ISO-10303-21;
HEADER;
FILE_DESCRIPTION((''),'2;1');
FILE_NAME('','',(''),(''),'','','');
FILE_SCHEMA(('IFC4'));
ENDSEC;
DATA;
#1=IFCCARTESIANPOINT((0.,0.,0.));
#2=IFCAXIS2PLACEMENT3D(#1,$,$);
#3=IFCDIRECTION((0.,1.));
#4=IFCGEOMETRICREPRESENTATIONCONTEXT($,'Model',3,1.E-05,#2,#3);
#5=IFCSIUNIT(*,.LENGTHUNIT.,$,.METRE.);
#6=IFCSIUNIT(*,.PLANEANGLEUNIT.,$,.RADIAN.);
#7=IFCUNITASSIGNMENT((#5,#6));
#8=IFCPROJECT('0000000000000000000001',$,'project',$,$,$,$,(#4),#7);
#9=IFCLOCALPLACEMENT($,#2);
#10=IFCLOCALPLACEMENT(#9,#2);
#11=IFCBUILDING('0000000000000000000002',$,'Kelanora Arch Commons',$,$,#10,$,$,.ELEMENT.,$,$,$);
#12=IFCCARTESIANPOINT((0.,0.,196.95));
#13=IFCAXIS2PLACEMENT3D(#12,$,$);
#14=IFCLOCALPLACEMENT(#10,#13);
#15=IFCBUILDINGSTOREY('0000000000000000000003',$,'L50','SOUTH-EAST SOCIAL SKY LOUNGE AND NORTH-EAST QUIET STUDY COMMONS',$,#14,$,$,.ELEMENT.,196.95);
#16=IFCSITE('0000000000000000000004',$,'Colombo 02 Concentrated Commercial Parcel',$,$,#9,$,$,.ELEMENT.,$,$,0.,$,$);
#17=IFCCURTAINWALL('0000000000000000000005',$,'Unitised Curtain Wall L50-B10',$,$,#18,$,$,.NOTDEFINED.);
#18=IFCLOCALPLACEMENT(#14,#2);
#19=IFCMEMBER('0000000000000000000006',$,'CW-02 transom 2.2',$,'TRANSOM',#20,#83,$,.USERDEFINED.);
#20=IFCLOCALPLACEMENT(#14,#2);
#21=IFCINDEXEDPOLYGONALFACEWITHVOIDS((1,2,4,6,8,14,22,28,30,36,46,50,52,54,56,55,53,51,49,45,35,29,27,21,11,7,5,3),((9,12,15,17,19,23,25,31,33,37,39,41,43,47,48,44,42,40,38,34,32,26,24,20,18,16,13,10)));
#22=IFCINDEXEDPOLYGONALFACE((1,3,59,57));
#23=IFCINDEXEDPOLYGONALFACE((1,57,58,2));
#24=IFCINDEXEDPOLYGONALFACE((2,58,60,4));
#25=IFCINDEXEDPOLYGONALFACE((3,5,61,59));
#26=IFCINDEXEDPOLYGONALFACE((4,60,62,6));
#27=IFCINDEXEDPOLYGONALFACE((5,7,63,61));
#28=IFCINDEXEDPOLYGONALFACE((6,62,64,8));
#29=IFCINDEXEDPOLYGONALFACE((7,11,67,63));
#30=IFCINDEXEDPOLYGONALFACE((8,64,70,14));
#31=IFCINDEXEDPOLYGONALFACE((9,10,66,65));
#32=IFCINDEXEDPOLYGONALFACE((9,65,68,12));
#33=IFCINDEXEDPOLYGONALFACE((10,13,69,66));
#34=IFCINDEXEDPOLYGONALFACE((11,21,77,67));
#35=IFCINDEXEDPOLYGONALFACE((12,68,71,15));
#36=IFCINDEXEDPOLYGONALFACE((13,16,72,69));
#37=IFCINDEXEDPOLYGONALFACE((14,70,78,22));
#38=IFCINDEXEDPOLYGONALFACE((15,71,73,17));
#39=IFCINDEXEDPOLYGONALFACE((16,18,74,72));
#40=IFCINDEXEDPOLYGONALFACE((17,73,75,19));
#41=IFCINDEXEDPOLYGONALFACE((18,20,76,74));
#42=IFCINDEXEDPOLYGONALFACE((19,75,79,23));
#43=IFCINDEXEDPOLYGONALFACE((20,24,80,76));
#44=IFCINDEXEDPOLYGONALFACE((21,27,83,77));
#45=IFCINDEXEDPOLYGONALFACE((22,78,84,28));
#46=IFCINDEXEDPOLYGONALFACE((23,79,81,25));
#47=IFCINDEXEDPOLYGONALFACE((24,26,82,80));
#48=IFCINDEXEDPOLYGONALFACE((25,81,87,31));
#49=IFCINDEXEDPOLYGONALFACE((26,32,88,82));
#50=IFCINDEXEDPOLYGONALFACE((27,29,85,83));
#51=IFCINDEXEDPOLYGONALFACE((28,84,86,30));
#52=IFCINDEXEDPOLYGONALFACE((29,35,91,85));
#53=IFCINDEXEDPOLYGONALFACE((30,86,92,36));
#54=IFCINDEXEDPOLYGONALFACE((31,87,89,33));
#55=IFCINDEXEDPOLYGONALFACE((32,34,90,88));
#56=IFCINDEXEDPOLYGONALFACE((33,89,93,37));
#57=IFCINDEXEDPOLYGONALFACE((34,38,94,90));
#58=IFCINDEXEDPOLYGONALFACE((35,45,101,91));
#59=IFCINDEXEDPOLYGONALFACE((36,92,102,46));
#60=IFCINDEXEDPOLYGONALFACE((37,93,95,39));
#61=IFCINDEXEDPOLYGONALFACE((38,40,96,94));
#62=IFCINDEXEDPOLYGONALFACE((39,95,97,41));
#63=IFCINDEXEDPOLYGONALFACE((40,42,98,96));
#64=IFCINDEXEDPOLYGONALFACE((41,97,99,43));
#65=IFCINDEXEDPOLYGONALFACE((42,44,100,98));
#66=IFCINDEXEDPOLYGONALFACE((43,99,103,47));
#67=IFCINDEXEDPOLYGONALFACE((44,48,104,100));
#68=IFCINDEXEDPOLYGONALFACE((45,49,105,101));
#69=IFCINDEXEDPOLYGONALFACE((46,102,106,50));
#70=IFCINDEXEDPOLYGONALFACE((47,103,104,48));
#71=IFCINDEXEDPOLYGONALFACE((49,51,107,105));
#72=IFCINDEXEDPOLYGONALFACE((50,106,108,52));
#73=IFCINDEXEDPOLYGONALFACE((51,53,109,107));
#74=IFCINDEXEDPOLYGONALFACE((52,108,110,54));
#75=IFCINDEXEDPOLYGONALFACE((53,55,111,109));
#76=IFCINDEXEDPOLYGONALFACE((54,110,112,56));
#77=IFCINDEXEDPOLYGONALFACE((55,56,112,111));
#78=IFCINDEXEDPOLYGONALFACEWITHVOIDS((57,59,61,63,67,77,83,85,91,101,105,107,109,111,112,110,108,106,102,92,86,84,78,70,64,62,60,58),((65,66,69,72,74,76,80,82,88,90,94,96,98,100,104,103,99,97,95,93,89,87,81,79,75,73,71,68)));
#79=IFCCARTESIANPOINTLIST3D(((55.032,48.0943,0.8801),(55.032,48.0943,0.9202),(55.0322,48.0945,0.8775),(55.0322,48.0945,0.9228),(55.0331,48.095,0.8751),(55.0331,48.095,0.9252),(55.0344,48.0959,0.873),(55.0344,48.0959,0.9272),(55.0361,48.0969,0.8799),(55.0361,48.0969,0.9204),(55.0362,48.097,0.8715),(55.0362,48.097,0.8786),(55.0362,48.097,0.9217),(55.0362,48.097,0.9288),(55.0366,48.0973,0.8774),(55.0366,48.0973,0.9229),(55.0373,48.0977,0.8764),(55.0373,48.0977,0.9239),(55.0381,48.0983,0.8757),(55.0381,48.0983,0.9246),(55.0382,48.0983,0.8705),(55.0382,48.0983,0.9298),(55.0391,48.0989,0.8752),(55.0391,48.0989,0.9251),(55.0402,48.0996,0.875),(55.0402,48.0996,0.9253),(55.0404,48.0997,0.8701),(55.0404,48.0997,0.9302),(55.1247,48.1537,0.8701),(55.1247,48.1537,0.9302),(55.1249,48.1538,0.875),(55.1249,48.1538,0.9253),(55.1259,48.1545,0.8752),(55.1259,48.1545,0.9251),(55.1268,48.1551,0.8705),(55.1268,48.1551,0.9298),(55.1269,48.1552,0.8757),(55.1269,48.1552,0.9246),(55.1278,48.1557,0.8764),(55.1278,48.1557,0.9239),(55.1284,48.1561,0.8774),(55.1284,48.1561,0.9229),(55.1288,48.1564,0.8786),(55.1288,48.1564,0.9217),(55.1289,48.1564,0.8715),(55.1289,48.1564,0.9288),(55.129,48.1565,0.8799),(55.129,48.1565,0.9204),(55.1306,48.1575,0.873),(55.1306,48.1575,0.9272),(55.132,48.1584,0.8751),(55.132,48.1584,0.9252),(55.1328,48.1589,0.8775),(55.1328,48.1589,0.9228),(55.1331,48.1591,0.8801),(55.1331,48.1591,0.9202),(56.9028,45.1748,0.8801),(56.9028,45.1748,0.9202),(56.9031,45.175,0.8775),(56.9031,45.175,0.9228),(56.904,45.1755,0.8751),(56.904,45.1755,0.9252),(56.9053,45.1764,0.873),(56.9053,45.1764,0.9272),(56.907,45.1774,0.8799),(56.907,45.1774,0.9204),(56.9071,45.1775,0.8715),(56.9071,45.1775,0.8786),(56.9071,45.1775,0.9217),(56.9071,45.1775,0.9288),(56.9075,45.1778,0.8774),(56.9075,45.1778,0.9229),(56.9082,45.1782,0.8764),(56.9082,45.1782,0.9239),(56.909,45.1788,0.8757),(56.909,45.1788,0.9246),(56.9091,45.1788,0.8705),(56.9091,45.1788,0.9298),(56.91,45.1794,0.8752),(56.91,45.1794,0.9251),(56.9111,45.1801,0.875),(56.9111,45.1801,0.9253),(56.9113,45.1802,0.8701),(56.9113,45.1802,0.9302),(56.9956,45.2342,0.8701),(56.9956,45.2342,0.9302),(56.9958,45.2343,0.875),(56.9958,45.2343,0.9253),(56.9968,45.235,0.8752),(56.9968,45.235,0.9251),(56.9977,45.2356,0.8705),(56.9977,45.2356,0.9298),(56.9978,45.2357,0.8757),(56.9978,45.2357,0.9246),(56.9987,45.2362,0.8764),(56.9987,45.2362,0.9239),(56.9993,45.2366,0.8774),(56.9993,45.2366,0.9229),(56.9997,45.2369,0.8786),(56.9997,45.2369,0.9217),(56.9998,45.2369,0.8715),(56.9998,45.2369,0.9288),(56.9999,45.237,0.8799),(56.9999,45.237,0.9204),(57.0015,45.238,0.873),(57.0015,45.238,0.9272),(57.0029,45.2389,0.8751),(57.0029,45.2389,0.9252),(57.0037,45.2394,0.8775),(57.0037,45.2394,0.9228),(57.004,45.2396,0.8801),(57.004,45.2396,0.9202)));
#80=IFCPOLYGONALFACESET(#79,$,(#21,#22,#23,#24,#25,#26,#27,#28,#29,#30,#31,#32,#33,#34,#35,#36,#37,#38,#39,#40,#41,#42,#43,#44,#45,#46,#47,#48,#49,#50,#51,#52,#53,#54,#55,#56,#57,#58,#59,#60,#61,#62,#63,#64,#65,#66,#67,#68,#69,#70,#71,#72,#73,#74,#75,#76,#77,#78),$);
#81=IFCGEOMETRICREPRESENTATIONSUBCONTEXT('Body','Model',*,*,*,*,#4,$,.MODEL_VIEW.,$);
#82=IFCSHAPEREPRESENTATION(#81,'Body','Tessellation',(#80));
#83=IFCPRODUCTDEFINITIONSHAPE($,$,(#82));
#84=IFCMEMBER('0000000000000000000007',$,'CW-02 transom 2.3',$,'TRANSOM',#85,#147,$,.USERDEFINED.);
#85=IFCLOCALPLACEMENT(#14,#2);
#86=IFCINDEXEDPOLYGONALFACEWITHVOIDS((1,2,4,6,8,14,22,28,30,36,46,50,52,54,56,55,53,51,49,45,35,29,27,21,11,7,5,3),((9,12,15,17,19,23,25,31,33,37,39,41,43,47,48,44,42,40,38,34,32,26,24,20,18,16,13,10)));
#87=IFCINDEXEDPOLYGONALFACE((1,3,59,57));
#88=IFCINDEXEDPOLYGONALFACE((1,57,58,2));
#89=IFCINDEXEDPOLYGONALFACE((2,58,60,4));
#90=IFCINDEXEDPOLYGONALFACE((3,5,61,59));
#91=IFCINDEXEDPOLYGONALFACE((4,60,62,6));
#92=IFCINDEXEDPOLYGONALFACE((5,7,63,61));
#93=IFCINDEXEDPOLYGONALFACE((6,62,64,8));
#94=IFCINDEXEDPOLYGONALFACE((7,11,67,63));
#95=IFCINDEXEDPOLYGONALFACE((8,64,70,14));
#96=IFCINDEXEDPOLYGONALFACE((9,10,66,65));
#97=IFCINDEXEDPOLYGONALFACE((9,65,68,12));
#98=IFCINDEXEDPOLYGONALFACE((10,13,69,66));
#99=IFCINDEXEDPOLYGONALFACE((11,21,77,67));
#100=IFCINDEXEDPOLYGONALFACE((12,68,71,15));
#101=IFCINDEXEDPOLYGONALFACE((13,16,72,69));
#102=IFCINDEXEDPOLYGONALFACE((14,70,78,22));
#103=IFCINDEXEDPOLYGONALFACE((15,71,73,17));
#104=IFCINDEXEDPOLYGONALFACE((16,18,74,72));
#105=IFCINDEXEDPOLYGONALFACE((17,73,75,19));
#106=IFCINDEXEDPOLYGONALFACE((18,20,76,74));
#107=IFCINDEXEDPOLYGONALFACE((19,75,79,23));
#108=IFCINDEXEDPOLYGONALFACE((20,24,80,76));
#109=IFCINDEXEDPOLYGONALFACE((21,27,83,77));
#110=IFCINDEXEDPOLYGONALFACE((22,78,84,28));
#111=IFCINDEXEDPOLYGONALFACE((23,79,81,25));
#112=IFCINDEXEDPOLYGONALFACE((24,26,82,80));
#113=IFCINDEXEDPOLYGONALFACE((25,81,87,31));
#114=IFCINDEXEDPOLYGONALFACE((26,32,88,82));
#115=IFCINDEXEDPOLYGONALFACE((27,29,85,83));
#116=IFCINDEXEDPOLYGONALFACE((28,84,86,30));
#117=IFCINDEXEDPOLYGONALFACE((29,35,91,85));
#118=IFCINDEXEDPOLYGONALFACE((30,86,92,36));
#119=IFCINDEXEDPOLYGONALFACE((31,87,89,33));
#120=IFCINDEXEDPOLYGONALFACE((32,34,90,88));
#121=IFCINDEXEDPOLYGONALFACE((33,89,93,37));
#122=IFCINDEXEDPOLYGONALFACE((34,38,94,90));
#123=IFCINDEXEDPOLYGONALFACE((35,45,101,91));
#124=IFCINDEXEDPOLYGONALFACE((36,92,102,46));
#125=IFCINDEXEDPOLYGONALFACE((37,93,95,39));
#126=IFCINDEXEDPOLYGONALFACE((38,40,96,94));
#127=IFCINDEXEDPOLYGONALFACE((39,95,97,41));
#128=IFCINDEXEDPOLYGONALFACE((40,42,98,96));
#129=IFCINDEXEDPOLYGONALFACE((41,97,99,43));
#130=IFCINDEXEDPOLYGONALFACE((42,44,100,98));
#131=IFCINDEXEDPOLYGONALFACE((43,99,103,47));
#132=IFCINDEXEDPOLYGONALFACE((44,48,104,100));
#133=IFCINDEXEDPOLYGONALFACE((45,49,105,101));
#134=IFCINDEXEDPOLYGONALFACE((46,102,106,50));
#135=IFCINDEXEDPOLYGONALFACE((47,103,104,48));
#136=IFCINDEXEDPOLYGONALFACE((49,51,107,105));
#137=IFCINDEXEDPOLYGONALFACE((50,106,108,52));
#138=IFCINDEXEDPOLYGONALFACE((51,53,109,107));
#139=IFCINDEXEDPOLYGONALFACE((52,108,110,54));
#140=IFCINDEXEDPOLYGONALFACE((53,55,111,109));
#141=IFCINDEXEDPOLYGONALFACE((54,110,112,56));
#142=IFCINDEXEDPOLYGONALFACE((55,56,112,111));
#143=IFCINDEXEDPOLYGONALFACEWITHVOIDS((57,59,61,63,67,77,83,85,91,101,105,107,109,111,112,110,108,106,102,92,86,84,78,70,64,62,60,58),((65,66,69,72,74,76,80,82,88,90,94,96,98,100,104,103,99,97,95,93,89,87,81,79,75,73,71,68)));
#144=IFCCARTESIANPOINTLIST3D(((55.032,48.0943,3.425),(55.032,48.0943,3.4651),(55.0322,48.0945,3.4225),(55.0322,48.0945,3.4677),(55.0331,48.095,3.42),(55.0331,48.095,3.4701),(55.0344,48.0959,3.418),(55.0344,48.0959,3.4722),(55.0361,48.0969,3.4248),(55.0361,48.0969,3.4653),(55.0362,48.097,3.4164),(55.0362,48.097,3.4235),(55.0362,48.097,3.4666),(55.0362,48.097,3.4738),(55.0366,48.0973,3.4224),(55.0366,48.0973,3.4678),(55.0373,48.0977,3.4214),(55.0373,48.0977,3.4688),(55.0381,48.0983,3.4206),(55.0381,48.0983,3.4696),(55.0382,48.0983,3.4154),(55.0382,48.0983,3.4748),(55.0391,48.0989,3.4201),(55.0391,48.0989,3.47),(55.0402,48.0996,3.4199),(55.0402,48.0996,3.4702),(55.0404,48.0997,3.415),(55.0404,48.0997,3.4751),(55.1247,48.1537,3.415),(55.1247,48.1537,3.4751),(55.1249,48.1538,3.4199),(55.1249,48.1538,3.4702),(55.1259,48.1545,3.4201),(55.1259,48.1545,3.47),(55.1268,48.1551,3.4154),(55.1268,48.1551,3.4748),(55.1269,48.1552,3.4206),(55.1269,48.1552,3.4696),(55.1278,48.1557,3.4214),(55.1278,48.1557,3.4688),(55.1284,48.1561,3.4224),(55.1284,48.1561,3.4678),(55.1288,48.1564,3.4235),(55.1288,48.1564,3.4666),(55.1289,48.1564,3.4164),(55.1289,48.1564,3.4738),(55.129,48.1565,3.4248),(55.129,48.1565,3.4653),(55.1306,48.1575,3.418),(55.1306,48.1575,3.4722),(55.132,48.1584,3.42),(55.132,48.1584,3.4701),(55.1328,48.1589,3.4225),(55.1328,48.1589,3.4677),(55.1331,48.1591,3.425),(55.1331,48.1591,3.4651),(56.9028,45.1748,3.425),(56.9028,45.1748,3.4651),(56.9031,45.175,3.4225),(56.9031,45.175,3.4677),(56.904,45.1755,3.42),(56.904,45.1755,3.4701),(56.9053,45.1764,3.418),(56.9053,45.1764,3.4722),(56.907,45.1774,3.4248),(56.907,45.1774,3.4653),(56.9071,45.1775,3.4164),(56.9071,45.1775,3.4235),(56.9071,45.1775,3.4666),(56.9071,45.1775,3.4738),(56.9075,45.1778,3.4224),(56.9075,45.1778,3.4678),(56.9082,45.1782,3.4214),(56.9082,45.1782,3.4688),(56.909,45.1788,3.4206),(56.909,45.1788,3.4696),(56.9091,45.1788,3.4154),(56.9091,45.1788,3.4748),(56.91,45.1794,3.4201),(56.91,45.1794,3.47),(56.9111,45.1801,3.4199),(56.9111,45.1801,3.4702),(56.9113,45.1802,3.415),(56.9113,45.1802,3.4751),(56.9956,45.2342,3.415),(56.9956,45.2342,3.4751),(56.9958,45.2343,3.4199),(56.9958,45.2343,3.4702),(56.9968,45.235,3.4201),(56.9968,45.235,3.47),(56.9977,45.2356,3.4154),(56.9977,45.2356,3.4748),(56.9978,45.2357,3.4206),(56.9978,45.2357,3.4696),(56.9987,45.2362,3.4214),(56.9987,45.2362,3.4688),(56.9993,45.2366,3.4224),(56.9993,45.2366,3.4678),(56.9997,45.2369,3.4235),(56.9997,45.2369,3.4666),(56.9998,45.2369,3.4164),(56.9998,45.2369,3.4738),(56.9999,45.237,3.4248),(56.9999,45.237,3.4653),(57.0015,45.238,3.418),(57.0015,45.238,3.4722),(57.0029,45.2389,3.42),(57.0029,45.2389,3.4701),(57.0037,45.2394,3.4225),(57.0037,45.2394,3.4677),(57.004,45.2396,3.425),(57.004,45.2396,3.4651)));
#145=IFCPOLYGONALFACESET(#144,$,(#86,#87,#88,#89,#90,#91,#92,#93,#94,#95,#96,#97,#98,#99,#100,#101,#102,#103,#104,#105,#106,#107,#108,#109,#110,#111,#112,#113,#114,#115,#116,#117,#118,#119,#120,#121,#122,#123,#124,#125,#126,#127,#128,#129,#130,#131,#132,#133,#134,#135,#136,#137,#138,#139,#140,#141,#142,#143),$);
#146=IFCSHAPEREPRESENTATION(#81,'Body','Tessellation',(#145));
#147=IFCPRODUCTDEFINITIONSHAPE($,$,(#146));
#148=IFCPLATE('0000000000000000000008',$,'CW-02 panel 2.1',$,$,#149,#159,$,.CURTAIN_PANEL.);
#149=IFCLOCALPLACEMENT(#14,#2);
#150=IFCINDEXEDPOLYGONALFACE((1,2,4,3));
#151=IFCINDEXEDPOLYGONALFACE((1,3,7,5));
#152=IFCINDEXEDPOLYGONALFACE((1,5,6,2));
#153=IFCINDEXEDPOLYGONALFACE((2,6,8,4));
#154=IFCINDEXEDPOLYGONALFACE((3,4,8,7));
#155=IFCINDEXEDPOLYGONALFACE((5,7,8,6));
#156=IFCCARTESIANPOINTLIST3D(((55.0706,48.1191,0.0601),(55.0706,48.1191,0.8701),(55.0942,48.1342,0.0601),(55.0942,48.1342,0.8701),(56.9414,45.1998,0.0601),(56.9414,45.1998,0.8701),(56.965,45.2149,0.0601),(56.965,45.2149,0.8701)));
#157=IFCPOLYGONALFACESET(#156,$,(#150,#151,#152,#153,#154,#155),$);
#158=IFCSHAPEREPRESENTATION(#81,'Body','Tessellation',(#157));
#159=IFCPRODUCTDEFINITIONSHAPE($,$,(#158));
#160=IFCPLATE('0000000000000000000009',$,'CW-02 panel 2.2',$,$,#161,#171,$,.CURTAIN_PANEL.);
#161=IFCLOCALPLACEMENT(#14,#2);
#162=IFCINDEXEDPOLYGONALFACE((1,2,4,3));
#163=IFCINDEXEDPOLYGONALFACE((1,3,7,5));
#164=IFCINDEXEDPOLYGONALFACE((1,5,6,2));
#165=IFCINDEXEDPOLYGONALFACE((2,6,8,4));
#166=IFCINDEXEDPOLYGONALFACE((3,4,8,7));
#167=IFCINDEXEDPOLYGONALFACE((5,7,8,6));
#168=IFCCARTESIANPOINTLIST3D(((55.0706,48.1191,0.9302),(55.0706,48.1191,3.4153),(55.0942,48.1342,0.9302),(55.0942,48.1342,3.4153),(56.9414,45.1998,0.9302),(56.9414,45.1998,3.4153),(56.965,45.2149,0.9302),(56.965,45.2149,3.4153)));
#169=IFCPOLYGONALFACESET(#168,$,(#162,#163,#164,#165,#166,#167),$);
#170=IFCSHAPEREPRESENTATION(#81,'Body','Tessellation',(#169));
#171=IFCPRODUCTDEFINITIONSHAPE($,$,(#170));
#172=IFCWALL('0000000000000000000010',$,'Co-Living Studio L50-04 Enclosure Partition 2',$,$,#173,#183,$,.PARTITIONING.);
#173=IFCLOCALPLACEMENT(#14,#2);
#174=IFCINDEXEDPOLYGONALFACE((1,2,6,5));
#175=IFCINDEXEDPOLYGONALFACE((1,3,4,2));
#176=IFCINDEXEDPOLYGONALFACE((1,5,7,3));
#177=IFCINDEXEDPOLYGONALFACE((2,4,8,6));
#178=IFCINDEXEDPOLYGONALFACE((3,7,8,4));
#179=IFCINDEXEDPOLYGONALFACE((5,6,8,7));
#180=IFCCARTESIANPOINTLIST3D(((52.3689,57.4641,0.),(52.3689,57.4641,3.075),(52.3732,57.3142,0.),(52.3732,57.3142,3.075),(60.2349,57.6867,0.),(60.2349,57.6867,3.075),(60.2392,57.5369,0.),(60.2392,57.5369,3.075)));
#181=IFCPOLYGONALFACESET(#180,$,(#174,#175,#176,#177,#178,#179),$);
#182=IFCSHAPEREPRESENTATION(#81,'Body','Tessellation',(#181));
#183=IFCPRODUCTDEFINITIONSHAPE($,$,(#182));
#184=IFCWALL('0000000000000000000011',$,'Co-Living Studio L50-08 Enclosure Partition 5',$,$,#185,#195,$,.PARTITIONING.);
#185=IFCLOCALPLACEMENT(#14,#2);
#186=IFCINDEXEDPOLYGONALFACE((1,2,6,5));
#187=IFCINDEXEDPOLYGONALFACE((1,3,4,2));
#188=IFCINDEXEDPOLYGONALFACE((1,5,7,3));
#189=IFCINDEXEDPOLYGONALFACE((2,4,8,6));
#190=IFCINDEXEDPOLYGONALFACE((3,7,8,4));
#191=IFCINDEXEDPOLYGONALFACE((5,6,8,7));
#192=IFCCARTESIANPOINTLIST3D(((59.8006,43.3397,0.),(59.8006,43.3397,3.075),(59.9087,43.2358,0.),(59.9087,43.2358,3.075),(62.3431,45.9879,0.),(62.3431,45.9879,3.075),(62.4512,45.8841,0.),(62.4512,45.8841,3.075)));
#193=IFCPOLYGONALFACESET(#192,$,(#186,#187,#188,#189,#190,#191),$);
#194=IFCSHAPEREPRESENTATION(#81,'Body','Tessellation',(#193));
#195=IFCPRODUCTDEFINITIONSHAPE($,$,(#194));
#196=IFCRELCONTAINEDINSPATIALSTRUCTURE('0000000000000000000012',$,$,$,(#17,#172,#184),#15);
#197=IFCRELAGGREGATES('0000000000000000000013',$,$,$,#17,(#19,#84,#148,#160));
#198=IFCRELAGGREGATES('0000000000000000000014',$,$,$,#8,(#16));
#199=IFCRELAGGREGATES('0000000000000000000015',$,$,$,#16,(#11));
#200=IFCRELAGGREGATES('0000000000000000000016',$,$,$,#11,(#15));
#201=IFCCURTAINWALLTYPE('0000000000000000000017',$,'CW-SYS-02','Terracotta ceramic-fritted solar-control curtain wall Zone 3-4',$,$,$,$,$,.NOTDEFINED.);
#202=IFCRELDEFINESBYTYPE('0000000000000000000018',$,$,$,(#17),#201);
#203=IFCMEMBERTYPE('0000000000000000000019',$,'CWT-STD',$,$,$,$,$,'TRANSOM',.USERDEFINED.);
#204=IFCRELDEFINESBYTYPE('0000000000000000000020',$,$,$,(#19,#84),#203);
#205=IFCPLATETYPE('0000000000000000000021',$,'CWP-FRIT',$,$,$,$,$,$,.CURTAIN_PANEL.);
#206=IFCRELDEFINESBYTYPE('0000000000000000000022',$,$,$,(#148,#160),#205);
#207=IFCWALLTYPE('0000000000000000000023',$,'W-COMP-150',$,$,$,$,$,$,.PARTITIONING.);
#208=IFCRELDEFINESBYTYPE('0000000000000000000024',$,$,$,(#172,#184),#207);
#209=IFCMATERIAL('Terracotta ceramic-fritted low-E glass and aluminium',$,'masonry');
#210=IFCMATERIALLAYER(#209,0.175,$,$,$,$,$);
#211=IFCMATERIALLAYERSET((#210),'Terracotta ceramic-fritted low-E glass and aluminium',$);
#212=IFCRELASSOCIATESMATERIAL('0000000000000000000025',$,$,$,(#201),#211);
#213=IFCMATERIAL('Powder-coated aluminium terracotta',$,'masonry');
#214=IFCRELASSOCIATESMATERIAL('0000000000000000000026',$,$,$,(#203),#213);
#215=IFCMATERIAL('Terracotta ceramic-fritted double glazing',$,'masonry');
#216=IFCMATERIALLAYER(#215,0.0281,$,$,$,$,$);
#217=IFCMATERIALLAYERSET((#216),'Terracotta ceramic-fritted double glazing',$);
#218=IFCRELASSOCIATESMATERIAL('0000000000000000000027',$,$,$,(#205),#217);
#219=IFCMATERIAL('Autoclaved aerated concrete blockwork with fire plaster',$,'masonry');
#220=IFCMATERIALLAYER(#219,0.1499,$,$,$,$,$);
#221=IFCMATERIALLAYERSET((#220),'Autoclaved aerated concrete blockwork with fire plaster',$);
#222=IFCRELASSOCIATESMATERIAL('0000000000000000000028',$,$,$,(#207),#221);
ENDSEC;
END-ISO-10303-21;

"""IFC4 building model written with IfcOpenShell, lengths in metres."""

from ifc_helpers import new_model, si_unit, direction, frame, frame_2d, origin, origin_2d, place, context, subcontext, project, spatial, rectangle, hollow_rectangle, extrude, source, transform, mapped, material, layer, layer_set, material_profile, profile_set, type_object, element, aggregate, save


model = new_model("IFC4")

# Units and contexts
model_context = context("Model", 3, precision=1e-05, world=origin(), true_north=direction((0.0, 1.0)))
body_context = subcontext(model_context, "Body", "Model", "MODEL_VIEW")
ifc_project = project(units=[si_unit("LENGTHUNIT", "METRE"), si_unit("PLANEANGLEUNIT", "RADIAN")], contexts=[model_context])

# Site, building, storey
site_placement = place(None, origin())
site = spatial("IfcSite", under=ifc_project, at=site_placement, Name="Colombo 02 Concentrated Commercial Parcel", CompositionType="ELEMENT", RefElevation=0.0)
building_placement = place(site_placement, origin())
building = spatial("IfcBuilding", under=site, at=building_placement, Name="Kelanora Arch Commons", CompositionType="ELEMENT")
storey_placement = place(building_placement, frame((0.0, 0.0, 196.95)))
storey = spatial("IfcBuildingStorey", under=building, at=storey_placement, Name="L50", Description="SOUTH-EAST SOCIAL SKY LOUNGE AND NORTH-EAST QUIET STUDY COMMONS", CompositionType="ELEMENT", Elevation=196.95)

# Curtain wall, members, plates
ifc_material_1 = material(Name="Terracotta ceramic-fritted low-E glass and aluminium", Category="masonry")
ifc_layer_1 = layer(ifc_material_1, 0.175)
ifc_layer_set_1 = layer_set([ifc_layer_1], Name="Terracotta ceramic-fritted low-E glass and aluminium")
curtain_wall_type = type_object("IfcCurtainWallType", Name="CW-SYS-02", Description="Terracotta ceramic-fritted solar-control curtain wall Zone 3-4", PredefinedType="NOTDEFINED", material=ifc_layer_set_1)
curtain_wall_placement = place(storey_placement, origin())
curtain_wall = element("IfcCurtainWall", 1, at=curtain_wall_placement, inside=storey, type_object=curtain_wall_type, Name="Unitised Curtain Wall L50-B10", PredefinedType="NOTDEFINED")
ifc_material_2 = material(Name="Powder-coated aluminium terracotta", Category="masonry")
ifc_material_profile_1 = material_profile(ifc_material_2, hollow_rectangle(XDim=0.1201, YDim=0.0601, WallThickness=0.0049, InnerFilletRadius=0.0049, OuterFilletRadius=0.01, at=origin_2d()), Name="CWT120x60")
ifc_profile_set_1 = profile_set([ifc_material_profile_1], Name="Powder-coated aluminium terracotta")
member_type_1 = type_object("IfcMemberType", Name="CWT-STD", ElementType="TRANSOM", PredefinedType="USERDEFINED", material=ifc_profile_set_1)
member_1_placement = place(storey_placement, frame((55.0825, 48.1267, 0.9001), z_axis=(0.539547, -0.841955, 0.0), x_axis=(0.841955, 0.539547, 0.0)))
member_1 = element("IfcMember", 2, at=member_1_placement, type_object=member_type_1, Name="CW-02 transom 2.2", ObjectType="TRANSOM", PredefinedType="USERDEFINED", context=body_context, shape_type="SweptSolid", body=[
    extrude(hollow_rectangle(XDim=0.1201, YDim=0.0601, WallThickness=0.0049, InnerFilletRadius=0.0049, OuterFilletRadius=0.01, at=origin_2d()), origin(), (0.0, 0.0, 1.0), 3.4675),
])
member_2_placement = place(storey_placement, frame((55.0825, 48.1267, 3.4451), z_axis=(0.539547, -0.841955, 0.0), x_axis=(0.841955, 0.539547, 0.0)))
member_2 = element("IfcMember", 3, at=member_2_placement, type_object=member_type_1, Name="CW-02 transom 2.3", ObjectType="TRANSOM", PredefinedType="USERDEFINED", context=body_context, shape_type="SweptSolid", body=[
    extrude(hollow_rectangle(XDim=0.1201, YDim=0.0601, WallThickness=0.0049, InnerFilletRadius=0.0049, OuterFilletRadius=0.01, at=origin_2d()), origin(), (0.0, 0.0, 1.0), 3.4675),
])
ifc_material_3 = material(Name="Terracotta ceramic-fritted double glazing", Category="masonry")
ifc_layer_2 = layer(ifc_material_3, 0.0281)
ifc_layer_set_2 = layer_set([ifc_layer_2], Name="Terracotta ceramic-fritted double glazing")
plate_type = type_object("IfcPlateType", Name="CWP-FRIT", PredefinedType="CURTAIN_PANEL", material=ifc_layer_set_2)
shared_shape_1 = source(origin(), body_context, "Body", "SweptSolid", [
    extrude(rectangle(XDim=3.4673, YDim=0.0281, at=origin_2d()), origin(), (0.0, 0.0, 1.0), 0.8101),
])
plate_1_placement = place(storey_placement, frame((56.0178, 46.667, 0.0601), z_axis=(0.0, 0.0, 1.0), x_axis=(0.539559, -0.841948, 0.0)))
plate_1 = element("IfcPlate", 4, at=plate_1_placement, type_object=plate_type, Name="CW-02 panel 2.1", PredefinedType="CURTAIN_PANEL", context=body_context, shape_type="MappedRepresentation", body=[
    mapped(shared_shape_1, transform((0.0, 0.0, 0.0), scale=1.0)),
])
shared_shape_2 = source(origin(), body_context, "Body", "SweptSolid", [
    extrude(rectangle(XDim=3.4673, YDim=0.0281, at=origin_2d()), origin(), (0.0, 0.0, 1.0), 2.4851),
])
plate_2_placement = place(storey_placement, frame((56.0178, 46.667, 0.9302), z_axis=(0.0, 0.0, 1.0), x_axis=(0.539559, -0.841948, 0.0)))
plate_2 = element("IfcPlate", 5, at=plate_2_placement, type_object=plate_type, Name="CW-02 panel 2.2", PredefinedType="CURTAIN_PANEL", context=body_context, shape_type="MappedRepresentation", body=[
    mapped(shared_shape_2, transform((0.0, 0.0, 0.0), scale=1.0)),
])
aggregate(curtain_wall, [member_1, member_2, plate_1, plate_2])

# Walls
ifc_material_4 = material(Name="Autoclaved aerated concrete blockwork with fire plaster", Category="masonry")
ifc_layer_3 = layer(ifc_material_4, 0.1499)
ifc_layer_set_3 = layer_set([ifc_layer_3], Name="Autoclaved aerated concrete blockwork with fire plaster")
wall_type_1 = type_object("IfcWallType", Name="W-COMP-150", PredefinedType="PARTITIONING", material=ifc_layer_set_3)
wall_1_placement = place(storey_placement, frame((60.2371, 57.6118, 0.0), z_axis=(0.0, 0.0, 1.0), x_axis=(-0.9996, -0.028295, 0.0)))
element("IfcWall", 6, at=wall_1_placement, inside=storey, type_object=wall_type_1, Name="Co-Living Studio L50-04 Enclosure Partition 2", PredefinedType="PARTITIONING", context=body_context, shape_type="SweptSolid", body=[
    extrude(rectangle(XDim=7.8691, YDim=0.1499, at=frame_2d((3.9346, 0.0))), origin(), (0.0, 0.0, 1.0), 3.075),
])
wall_2_placement = place(storey_placement, frame((59.8547, 43.2878, 0.0), z_axis=(0.0, 0.0, 1.0), x_axis=(0.692562, 0.721358, 0.0)))
element("IfcWall", 7, at=wall_2_placement, inside=storey, type_object=wall_type_1, Name="Co-Living Studio L50-08 Enclosure Partition 5", PredefinedType="PARTITIONING", context=body_context, shape_type="SweptSolid", body=[
    extrude(rectangle(XDim=3.6711, YDim=0.1499, at=frame_2d((1.8354, 0.0))), origin(), (0.0, 0.0, 1.0), 3.075),
])

save(model, "model.ifc")
